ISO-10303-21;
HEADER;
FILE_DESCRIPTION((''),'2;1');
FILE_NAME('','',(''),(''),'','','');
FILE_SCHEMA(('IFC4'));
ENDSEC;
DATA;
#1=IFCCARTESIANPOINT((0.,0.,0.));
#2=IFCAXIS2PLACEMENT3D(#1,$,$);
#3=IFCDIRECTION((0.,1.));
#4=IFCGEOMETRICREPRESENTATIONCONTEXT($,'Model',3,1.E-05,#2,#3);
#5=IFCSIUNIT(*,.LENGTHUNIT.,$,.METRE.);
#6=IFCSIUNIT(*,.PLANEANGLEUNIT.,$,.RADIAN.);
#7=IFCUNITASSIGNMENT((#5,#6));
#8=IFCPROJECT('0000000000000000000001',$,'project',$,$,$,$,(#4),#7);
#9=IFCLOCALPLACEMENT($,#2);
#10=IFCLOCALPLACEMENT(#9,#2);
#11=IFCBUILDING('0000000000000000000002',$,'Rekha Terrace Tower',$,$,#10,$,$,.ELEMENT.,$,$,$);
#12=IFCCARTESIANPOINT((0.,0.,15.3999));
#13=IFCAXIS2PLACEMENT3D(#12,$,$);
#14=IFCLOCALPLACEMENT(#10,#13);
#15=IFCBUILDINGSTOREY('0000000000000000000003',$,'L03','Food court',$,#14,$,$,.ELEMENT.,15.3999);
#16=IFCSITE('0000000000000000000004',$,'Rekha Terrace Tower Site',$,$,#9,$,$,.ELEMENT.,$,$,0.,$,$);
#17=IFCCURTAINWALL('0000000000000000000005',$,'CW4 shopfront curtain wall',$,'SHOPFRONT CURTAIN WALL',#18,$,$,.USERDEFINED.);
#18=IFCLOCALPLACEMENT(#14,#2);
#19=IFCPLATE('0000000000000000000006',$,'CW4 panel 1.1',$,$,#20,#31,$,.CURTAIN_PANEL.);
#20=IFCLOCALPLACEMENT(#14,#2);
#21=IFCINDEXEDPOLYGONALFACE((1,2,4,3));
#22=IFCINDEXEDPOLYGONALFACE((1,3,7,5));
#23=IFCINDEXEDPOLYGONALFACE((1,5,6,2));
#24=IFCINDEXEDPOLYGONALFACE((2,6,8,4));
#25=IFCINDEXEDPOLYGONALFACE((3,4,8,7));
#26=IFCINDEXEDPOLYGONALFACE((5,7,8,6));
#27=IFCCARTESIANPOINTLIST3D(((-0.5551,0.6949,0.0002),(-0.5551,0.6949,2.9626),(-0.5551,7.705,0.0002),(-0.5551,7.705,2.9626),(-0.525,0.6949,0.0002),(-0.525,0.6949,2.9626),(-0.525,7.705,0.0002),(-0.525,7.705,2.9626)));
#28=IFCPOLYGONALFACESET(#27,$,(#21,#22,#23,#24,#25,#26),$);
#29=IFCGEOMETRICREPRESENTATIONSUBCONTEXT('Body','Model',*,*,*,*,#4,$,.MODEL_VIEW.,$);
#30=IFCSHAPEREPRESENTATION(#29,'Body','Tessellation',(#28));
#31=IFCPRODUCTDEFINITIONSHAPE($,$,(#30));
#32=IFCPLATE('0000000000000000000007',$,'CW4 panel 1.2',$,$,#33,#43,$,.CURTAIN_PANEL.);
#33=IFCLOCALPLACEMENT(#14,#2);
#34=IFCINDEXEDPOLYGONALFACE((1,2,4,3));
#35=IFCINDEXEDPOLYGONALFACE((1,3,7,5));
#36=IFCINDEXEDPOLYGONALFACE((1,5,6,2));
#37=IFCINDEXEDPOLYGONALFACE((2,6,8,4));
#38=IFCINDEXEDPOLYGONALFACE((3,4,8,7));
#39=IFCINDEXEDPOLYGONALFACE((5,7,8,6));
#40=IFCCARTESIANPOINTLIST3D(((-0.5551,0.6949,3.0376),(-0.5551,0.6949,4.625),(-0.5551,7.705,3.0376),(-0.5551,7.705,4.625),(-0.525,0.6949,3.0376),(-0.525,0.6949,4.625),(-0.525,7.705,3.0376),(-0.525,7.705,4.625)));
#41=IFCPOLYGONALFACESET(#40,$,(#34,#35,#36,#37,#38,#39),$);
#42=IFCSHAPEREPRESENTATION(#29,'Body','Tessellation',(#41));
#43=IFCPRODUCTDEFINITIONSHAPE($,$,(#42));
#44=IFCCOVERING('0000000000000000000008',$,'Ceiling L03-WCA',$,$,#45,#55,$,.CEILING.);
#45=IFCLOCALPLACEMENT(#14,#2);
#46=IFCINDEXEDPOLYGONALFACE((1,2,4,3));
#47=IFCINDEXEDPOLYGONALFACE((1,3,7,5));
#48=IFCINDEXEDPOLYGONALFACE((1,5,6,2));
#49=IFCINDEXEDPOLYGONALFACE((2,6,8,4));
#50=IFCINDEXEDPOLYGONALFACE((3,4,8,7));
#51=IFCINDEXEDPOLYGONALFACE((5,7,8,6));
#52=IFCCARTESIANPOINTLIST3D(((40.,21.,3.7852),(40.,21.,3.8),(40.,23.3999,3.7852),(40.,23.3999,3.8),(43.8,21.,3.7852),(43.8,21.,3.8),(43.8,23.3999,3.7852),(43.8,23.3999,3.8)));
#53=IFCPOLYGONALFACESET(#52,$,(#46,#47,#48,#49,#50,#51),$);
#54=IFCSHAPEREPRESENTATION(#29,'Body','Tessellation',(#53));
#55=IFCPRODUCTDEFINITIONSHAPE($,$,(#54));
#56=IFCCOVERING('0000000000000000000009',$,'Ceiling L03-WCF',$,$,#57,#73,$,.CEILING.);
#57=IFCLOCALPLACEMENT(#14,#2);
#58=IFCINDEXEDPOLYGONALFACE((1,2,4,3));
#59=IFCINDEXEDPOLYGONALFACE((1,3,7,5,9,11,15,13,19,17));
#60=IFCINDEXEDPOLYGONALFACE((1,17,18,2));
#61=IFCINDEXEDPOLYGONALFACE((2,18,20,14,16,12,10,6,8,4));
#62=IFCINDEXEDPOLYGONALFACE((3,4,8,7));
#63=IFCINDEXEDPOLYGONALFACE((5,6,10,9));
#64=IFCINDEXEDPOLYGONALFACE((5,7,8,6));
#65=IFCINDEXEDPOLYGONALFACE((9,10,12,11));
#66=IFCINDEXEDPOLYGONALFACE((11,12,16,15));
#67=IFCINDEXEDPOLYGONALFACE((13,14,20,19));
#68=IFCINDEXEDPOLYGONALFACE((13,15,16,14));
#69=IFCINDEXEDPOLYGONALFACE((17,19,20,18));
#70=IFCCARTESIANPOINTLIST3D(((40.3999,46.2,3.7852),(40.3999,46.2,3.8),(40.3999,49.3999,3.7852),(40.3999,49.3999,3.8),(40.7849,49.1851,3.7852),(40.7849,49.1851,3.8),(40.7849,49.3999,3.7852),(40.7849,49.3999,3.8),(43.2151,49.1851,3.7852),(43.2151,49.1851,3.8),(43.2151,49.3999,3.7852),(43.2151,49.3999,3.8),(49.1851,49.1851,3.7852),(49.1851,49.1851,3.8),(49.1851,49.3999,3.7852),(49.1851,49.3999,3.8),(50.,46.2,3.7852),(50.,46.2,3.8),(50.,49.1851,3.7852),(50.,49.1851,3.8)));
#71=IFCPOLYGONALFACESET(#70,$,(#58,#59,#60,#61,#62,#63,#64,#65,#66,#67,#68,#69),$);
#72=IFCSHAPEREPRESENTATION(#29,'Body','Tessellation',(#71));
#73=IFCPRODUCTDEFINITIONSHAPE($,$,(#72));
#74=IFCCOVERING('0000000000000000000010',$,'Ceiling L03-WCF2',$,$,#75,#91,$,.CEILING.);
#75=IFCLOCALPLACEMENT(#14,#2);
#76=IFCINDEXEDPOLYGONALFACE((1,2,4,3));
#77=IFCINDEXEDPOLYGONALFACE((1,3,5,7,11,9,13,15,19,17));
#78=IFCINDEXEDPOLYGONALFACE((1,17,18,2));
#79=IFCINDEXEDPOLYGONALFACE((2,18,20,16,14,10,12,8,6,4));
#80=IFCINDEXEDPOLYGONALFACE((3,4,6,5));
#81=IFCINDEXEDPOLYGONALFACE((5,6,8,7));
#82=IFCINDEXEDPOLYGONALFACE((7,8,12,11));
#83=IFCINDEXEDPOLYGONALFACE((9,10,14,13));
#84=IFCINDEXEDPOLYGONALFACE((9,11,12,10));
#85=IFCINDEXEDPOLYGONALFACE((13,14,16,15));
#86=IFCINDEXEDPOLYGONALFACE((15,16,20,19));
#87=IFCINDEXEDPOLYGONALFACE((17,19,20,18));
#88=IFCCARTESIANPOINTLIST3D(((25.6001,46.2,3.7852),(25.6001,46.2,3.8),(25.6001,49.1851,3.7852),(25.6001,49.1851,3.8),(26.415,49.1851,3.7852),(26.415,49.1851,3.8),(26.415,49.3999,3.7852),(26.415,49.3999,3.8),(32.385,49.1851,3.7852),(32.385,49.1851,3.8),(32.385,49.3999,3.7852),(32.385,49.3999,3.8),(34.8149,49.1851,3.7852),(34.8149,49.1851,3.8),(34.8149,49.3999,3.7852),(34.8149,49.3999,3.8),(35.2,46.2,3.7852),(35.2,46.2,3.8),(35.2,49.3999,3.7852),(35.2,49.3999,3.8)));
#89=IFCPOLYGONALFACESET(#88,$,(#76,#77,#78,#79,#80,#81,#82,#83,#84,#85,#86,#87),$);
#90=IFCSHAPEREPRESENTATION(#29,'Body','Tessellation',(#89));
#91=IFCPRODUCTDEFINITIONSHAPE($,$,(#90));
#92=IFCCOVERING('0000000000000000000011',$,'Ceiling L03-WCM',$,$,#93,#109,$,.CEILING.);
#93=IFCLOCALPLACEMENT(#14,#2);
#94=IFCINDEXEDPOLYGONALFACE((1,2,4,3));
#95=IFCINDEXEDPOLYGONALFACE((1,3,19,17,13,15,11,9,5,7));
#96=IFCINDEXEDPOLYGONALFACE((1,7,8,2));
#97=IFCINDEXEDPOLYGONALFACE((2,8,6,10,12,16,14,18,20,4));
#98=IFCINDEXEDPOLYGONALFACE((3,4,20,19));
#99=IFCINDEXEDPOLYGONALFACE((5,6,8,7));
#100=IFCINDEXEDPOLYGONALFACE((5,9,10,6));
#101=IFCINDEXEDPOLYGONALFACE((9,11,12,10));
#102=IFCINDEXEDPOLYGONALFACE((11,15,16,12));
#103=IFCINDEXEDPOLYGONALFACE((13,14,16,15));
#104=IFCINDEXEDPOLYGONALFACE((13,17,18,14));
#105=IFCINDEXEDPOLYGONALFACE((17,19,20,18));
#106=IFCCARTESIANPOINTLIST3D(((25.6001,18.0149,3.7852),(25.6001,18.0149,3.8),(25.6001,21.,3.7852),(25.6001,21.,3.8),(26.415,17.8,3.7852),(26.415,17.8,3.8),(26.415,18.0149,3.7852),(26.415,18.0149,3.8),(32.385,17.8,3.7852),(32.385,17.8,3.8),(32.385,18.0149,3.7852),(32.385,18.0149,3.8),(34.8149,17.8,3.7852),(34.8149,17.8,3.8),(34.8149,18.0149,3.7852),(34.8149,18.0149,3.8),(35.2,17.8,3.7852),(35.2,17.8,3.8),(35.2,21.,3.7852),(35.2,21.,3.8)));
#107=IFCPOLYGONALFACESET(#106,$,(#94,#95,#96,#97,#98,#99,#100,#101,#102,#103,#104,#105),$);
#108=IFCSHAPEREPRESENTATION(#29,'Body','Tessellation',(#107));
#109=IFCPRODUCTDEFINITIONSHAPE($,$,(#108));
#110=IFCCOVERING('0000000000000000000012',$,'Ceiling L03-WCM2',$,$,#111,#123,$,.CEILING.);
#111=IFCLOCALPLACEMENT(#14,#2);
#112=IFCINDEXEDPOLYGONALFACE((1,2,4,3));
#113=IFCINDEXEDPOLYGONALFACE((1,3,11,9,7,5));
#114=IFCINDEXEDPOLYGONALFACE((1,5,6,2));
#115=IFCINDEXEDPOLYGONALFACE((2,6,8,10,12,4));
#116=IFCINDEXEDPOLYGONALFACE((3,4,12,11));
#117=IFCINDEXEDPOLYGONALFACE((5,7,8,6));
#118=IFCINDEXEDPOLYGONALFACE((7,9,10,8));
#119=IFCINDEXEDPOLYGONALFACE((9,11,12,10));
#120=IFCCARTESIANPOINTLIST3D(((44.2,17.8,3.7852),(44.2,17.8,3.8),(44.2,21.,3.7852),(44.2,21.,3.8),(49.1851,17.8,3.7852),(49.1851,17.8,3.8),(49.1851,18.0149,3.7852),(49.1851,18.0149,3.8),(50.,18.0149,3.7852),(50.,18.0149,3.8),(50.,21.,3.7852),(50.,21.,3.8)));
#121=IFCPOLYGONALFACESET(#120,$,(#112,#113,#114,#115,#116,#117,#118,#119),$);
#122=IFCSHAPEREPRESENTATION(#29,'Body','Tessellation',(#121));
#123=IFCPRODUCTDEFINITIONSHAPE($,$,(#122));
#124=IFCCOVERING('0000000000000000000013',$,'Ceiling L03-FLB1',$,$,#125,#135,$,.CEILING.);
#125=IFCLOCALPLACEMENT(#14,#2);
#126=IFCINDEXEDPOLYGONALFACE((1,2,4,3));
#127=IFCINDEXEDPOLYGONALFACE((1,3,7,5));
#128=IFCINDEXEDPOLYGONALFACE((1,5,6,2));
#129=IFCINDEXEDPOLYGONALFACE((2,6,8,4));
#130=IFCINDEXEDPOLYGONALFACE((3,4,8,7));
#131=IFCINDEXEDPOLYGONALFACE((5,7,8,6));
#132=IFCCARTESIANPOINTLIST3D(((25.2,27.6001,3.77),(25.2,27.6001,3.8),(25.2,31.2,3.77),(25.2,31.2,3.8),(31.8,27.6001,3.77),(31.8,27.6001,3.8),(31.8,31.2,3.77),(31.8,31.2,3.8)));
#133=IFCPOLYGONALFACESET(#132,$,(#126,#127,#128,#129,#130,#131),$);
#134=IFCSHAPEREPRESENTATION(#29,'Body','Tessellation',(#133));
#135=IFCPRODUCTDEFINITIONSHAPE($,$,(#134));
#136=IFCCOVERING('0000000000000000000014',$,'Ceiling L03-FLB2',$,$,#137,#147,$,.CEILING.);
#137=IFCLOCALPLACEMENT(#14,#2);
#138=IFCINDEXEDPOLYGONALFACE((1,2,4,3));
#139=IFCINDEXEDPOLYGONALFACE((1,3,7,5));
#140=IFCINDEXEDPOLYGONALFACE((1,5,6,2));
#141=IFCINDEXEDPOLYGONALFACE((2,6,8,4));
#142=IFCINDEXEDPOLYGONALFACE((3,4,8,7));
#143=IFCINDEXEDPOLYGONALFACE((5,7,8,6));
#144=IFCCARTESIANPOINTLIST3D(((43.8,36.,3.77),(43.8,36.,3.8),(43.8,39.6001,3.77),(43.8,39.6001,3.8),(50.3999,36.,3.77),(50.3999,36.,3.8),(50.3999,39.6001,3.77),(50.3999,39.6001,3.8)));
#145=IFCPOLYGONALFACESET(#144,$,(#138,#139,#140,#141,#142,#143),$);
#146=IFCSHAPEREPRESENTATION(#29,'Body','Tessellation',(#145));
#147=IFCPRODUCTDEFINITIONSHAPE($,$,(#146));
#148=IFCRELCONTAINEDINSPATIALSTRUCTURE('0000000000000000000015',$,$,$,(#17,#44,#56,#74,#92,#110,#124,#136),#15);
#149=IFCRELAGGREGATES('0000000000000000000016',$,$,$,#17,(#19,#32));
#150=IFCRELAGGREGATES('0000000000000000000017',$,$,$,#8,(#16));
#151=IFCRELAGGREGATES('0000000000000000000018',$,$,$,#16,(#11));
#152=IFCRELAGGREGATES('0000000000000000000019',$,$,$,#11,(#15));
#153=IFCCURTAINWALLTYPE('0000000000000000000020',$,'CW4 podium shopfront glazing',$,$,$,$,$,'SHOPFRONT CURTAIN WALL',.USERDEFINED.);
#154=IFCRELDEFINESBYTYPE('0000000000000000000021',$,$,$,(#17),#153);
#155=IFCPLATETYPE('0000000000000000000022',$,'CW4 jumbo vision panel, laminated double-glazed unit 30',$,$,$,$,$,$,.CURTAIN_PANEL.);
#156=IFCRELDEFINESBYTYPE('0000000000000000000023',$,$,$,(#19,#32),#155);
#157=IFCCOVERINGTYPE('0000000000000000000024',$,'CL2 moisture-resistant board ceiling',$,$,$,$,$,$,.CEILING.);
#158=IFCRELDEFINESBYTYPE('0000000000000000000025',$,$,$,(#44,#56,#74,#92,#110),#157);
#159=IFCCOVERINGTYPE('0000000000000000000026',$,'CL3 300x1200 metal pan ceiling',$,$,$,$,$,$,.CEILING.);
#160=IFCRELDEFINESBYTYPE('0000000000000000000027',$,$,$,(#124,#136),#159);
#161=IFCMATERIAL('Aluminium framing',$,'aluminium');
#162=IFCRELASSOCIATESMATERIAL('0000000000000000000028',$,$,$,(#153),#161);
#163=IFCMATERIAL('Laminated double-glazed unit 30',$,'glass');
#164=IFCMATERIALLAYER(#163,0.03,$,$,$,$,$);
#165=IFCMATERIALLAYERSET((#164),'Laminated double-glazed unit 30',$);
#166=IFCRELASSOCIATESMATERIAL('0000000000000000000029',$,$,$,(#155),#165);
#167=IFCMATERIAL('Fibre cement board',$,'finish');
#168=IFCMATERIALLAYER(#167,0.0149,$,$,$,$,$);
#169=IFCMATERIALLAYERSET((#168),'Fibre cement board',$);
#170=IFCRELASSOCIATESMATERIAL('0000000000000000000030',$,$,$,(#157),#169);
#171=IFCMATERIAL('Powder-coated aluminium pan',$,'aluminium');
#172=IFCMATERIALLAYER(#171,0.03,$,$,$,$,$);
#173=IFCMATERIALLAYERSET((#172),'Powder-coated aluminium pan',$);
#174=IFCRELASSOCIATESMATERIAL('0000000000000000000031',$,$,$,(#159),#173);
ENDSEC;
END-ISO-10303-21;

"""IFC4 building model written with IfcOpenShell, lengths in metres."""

from ifc_helpers import new_model, si_unit, direction, frame, origin, origin_2d, place, context, subcontext, project, spatial, polyline, rectangle, outline, extrude, material, layer, layer_set, type_object, element, aggregate, save


model = new_model("IFC4")

# Units and contexts
model_context = context("Model", 3, precision=1e-05, world=origin(), true_north=direction((0.0, 1.0)))
body_context = subcontext(model_context, "Body", "Model", "MODEL_VIEW")
ifc_project = project(units=[si_unit("LENGTHUNIT", "METRE"), si_unit("PLANEANGLEUNIT", "RADIAN")], contexts=[model_context])

# Site, building, storey
site_placement = place(None, origin())
site = spatial("IfcSite", under=ifc_project, at=site_placement, Name="Rekha Terrace Tower Site", CompositionType="ELEMENT", RefElevation=0.0)
building_placement = place(site_placement, origin())
building = spatial("IfcBuilding", under=site, at=building_placement, Name="Rekha Terrace Tower", CompositionType="ELEMENT")
storey_placement = place(building_placement, frame((0.0, 0.0, 15.3999)))
storey = spatial("IfcBuildingStorey", under=building, at=storey_placement, Name="L03", Description="Food court", CompositionType="ELEMENT", Elevation=15.3999)

# Curtain wall
ifc_material_1 = material(Name="Aluminium framing", Category="aluminium")
curtain_wall_type = type_object("IfcCurtainWallType", Name="CW4 podium shopfront glazing", ElementType="SHOPFRONT CURTAIN WALL", PredefinedType="USERDEFINED", material=ifc_material_1)
curtain_wall_placement = place(storey_placement, origin())
curtain_wall = element("IfcCurtainWall", 1, at=curtain_wall_placement, inside=storey, type_object=curtain_wall_type, Name="CW4 shopfront curtain wall", ObjectType="SHOPFRONT CURTAIN WALL", PredefinedType="USERDEFINED")

# Plates
ifc_material_2 = material(Name="Laminated double-glazed unit 30", Category="glass")
ifc_layer_1 = layer(ifc_material_2, 0.03)
ifc_layer_set_1 = layer_set([ifc_layer_1], Name="Laminated double-glazed unit 30")
plate_type = type_object("IfcPlateType", Name="CW4 jumbo vision panel, laminated double-glazed unit 30", PredefinedType="CURTAIN_PANEL", material=ifc_layer_set_1)
plate_1_placement = place(storey_placement, frame((-0.54, 4.2, 0.0002), z_axis=(0.0, 0.0, 1.0), x_axis=(0.0, -1.0, 0.0)))
plate_1 = element("IfcPlate", 2, at=plate_1_placement, type_object=plate_type, Name="CW4 panel 1.1", PredefinedType="CURTAIN_PANEL", context=body_context, shape_type="SweptSolid", body=[
    extrude(rectangle(XDim=7.01, YDim=0.03, at=origin_2d()), origin(), (0.0, 0.0, 1.0), 2.9624),
])
plate_2_placement = place(storey_placement, frame((-0.54, 4.2, 3.0376), z_axis=(0.0, 0.0, 1.0), x_axis=(0.0, -1.0, 0.0)))
plate_2 = element("IfcPlate", 3, at=plate_2_placement, type_object=plate_type, Name="CW4 panel 1.2", PredefinedType="CURTAIN_PANEL", context=body_context, shape_type="SweptSolid", body=[
    extrude(rectangle(XDim=7.01, YDim=0.03, at=origin_2d()), origin(), (0.0, 0.0, 1.0), 1.5874),
])
aggregate(curtain_wall, [plate_1, plate_2])

# Coverings
ifc_material_3 = material(Name="Fibre cement board", Category="finish")
ifc_layer_2 = layer(ifc_material_3, 0.0149)
ifc_layer_set_2 = layer_set([ifc_layer_2], Name="Fibre cement board")
covering_type_1 = type_object("IfcCoveringType", Name="CL2 moisture-resistant board ceiling", PredefinedType="CEILING", material=ifc_layer_set_2)
covering_1_placement = place(storey_placement, frame((0.0, 0.0, 3.7852)))
element("IfcCovering", 4, at=covering_1_placement, inside=storey, type_object=covering_type_1, Name="Ceiling L03-WCA", PredefinedType="CEILING", context=body_context, shape_type="SweptSolid", body=[
    extrude(outline(polyline([(43.8, 23.3999), (40.0, 23.3999), (40.0, 21.0), (43.8, 21.0), (43.8, 23.3999)])), origin(), (0.0, 0.0, 1.0), 0.0149),
])
covering_2_placement = place(storey_placement, frame((0.0, 0.0, 3.7852)))
element("IfcCovering", 5, at=covering_2_placement, inside=storey, type_object=covering_type_1, Name="Ceiling L03-WCF", PredefinedType="CEILING", context=body_context, shape_type="SweptSolid", body=[
    extrude(outline(polyline([(40.7849, 49.3999), (40.3999, 49.3999), (40.3999, 46.2), (50.0, 46.2), (50.0, 49.1851), (49.1851, 49.1851), (49.1851, 49.3999), (43.2151, 49.3999), (43.2151, 49.1851), (40.7849, 49.1851), (40.7849, 49.3999)])), origin(), (0.0, 0.0, 1.0), 0.0149),
])
covering_3_placement = place(storey_placement, frame((0.0, 0.0, 3.7852)))
element("IfcCovering", 6, at=covering_3_placement, inside=storey, type_object=covering_type_1, Name="Ceiling L03-WCF2", PredefinedType="CEILING", context=body_context, shape_type="SweptSolid", body=[
    extrude(outline(polyline([(26.415, 49.1851), (25.6001, 49.1851), (25.6001, 46.2), (35.2, 46.2), (35.2, 49.3999), (34.8149, 49.3999), (34.8149, 49.1851), (32.385, 49.1851), (32.385, 49.3999), (26.415, 49.3999), (26.415, 49.1851)])), origin(), (0.0, 0.0, 1.0), 0.0149),
])
covering_4_placement = place(storey_placement, frame((0.0, 0.0, 3.7852)))
element("IfcCovering", 7, at=covering_4_placement, inside=storey, type_object=covering_type_1, Name="Ceiling L03-WCM", PredefinedType="CEILING", context=body_context, shape_type="SweptSolid", body=[
    extrude(outline(polyline([(35.2, 21.0), (25.6001, 21.0), (25.6001, 18.0149), (26.415, 18.0149), (26.415, 17.8), (32.385, 17.8), (32.385, 18.0149), (34.8149, 18.0149), (34.8149, 17.8), (35.2, 17.8), (35.2, 21.0)])), origin(), (0.0, 0.0, 1.0), 0.0149),
])
covering_5_placement = place(storey_placement, frame((0.0, 0.0, 3.7852)))
element("IfcCovering", 8, at=covering_5_placement, inside=storey, type_object=covering_type_1, Name="Ceiling L03-WCM2", PredefinedType="CEILING", context=body_context, shape_type="SweptSolid", body=[
    extrude(outline(polyline([(50.0, 21.0), (44.2, 21.0), (44.2, 17.8), (49.1851, 17.8), (49.1851, 18.0149), (50.0, 18.0149), (50.0, 21.0)])), origin(), (0.0, 0.0, 1.0), 0.0149),
])
ifc_material_4 = material(Name="Powder-coated aluminium pan", Category="aluminium")
ifc_layer_3 = layer(ifc_material_4, 0.03)
ifc_layer_set_3 = layer_set([ifc_layer_3], Name="Powder-coated aluminium pan")
covering_type_2 = type_object("IfcCoveringType", Name="CL3 300x1200 metal pan ceiling", PredefinedType="CEILING", material=ifc_layer_set_3)
covering_6_placement = place(storey_placement, frame((0.0, 0.0, 3.77)))
element("IfcCovering", 9, at=covering_6_placement, inside=storey, type_object=covering_type_2, Name="Ceiling L03-FLB1", PredefinedType="CEILING", context=body_context, shape_type="SweptSolid", body=[
    extrude(outline(polyline([(31.8, 31.2), (25.2, 31.2), (25.2, 27.6001), (31.8, 27.6001), (31.8, 31.2)])), origin(), (0.0, 0.0, 1.0), 0.03),
])
covering_7_placement = place(storey_placement, frame((0.0, 0.0, 3.77)))
element("IfcCovering", 10, at=covering_7_placement, inside=storey, type_object=covering_type_2, Name="Ceiling L03-FLB2", PredefinedType="CEILING", context=body_context, shape_type="SweptSolid", body=[
    extrude(outline(polyline([(50.3999, 39.6001), (43.8, 39.6001), (43.8, 36.0), (50.3999, 36.0), (50.3999, 39.6001)])), origin(), (0.0, 0.0, 1.0), 0.03),
])

save(model, "model.ifc")
